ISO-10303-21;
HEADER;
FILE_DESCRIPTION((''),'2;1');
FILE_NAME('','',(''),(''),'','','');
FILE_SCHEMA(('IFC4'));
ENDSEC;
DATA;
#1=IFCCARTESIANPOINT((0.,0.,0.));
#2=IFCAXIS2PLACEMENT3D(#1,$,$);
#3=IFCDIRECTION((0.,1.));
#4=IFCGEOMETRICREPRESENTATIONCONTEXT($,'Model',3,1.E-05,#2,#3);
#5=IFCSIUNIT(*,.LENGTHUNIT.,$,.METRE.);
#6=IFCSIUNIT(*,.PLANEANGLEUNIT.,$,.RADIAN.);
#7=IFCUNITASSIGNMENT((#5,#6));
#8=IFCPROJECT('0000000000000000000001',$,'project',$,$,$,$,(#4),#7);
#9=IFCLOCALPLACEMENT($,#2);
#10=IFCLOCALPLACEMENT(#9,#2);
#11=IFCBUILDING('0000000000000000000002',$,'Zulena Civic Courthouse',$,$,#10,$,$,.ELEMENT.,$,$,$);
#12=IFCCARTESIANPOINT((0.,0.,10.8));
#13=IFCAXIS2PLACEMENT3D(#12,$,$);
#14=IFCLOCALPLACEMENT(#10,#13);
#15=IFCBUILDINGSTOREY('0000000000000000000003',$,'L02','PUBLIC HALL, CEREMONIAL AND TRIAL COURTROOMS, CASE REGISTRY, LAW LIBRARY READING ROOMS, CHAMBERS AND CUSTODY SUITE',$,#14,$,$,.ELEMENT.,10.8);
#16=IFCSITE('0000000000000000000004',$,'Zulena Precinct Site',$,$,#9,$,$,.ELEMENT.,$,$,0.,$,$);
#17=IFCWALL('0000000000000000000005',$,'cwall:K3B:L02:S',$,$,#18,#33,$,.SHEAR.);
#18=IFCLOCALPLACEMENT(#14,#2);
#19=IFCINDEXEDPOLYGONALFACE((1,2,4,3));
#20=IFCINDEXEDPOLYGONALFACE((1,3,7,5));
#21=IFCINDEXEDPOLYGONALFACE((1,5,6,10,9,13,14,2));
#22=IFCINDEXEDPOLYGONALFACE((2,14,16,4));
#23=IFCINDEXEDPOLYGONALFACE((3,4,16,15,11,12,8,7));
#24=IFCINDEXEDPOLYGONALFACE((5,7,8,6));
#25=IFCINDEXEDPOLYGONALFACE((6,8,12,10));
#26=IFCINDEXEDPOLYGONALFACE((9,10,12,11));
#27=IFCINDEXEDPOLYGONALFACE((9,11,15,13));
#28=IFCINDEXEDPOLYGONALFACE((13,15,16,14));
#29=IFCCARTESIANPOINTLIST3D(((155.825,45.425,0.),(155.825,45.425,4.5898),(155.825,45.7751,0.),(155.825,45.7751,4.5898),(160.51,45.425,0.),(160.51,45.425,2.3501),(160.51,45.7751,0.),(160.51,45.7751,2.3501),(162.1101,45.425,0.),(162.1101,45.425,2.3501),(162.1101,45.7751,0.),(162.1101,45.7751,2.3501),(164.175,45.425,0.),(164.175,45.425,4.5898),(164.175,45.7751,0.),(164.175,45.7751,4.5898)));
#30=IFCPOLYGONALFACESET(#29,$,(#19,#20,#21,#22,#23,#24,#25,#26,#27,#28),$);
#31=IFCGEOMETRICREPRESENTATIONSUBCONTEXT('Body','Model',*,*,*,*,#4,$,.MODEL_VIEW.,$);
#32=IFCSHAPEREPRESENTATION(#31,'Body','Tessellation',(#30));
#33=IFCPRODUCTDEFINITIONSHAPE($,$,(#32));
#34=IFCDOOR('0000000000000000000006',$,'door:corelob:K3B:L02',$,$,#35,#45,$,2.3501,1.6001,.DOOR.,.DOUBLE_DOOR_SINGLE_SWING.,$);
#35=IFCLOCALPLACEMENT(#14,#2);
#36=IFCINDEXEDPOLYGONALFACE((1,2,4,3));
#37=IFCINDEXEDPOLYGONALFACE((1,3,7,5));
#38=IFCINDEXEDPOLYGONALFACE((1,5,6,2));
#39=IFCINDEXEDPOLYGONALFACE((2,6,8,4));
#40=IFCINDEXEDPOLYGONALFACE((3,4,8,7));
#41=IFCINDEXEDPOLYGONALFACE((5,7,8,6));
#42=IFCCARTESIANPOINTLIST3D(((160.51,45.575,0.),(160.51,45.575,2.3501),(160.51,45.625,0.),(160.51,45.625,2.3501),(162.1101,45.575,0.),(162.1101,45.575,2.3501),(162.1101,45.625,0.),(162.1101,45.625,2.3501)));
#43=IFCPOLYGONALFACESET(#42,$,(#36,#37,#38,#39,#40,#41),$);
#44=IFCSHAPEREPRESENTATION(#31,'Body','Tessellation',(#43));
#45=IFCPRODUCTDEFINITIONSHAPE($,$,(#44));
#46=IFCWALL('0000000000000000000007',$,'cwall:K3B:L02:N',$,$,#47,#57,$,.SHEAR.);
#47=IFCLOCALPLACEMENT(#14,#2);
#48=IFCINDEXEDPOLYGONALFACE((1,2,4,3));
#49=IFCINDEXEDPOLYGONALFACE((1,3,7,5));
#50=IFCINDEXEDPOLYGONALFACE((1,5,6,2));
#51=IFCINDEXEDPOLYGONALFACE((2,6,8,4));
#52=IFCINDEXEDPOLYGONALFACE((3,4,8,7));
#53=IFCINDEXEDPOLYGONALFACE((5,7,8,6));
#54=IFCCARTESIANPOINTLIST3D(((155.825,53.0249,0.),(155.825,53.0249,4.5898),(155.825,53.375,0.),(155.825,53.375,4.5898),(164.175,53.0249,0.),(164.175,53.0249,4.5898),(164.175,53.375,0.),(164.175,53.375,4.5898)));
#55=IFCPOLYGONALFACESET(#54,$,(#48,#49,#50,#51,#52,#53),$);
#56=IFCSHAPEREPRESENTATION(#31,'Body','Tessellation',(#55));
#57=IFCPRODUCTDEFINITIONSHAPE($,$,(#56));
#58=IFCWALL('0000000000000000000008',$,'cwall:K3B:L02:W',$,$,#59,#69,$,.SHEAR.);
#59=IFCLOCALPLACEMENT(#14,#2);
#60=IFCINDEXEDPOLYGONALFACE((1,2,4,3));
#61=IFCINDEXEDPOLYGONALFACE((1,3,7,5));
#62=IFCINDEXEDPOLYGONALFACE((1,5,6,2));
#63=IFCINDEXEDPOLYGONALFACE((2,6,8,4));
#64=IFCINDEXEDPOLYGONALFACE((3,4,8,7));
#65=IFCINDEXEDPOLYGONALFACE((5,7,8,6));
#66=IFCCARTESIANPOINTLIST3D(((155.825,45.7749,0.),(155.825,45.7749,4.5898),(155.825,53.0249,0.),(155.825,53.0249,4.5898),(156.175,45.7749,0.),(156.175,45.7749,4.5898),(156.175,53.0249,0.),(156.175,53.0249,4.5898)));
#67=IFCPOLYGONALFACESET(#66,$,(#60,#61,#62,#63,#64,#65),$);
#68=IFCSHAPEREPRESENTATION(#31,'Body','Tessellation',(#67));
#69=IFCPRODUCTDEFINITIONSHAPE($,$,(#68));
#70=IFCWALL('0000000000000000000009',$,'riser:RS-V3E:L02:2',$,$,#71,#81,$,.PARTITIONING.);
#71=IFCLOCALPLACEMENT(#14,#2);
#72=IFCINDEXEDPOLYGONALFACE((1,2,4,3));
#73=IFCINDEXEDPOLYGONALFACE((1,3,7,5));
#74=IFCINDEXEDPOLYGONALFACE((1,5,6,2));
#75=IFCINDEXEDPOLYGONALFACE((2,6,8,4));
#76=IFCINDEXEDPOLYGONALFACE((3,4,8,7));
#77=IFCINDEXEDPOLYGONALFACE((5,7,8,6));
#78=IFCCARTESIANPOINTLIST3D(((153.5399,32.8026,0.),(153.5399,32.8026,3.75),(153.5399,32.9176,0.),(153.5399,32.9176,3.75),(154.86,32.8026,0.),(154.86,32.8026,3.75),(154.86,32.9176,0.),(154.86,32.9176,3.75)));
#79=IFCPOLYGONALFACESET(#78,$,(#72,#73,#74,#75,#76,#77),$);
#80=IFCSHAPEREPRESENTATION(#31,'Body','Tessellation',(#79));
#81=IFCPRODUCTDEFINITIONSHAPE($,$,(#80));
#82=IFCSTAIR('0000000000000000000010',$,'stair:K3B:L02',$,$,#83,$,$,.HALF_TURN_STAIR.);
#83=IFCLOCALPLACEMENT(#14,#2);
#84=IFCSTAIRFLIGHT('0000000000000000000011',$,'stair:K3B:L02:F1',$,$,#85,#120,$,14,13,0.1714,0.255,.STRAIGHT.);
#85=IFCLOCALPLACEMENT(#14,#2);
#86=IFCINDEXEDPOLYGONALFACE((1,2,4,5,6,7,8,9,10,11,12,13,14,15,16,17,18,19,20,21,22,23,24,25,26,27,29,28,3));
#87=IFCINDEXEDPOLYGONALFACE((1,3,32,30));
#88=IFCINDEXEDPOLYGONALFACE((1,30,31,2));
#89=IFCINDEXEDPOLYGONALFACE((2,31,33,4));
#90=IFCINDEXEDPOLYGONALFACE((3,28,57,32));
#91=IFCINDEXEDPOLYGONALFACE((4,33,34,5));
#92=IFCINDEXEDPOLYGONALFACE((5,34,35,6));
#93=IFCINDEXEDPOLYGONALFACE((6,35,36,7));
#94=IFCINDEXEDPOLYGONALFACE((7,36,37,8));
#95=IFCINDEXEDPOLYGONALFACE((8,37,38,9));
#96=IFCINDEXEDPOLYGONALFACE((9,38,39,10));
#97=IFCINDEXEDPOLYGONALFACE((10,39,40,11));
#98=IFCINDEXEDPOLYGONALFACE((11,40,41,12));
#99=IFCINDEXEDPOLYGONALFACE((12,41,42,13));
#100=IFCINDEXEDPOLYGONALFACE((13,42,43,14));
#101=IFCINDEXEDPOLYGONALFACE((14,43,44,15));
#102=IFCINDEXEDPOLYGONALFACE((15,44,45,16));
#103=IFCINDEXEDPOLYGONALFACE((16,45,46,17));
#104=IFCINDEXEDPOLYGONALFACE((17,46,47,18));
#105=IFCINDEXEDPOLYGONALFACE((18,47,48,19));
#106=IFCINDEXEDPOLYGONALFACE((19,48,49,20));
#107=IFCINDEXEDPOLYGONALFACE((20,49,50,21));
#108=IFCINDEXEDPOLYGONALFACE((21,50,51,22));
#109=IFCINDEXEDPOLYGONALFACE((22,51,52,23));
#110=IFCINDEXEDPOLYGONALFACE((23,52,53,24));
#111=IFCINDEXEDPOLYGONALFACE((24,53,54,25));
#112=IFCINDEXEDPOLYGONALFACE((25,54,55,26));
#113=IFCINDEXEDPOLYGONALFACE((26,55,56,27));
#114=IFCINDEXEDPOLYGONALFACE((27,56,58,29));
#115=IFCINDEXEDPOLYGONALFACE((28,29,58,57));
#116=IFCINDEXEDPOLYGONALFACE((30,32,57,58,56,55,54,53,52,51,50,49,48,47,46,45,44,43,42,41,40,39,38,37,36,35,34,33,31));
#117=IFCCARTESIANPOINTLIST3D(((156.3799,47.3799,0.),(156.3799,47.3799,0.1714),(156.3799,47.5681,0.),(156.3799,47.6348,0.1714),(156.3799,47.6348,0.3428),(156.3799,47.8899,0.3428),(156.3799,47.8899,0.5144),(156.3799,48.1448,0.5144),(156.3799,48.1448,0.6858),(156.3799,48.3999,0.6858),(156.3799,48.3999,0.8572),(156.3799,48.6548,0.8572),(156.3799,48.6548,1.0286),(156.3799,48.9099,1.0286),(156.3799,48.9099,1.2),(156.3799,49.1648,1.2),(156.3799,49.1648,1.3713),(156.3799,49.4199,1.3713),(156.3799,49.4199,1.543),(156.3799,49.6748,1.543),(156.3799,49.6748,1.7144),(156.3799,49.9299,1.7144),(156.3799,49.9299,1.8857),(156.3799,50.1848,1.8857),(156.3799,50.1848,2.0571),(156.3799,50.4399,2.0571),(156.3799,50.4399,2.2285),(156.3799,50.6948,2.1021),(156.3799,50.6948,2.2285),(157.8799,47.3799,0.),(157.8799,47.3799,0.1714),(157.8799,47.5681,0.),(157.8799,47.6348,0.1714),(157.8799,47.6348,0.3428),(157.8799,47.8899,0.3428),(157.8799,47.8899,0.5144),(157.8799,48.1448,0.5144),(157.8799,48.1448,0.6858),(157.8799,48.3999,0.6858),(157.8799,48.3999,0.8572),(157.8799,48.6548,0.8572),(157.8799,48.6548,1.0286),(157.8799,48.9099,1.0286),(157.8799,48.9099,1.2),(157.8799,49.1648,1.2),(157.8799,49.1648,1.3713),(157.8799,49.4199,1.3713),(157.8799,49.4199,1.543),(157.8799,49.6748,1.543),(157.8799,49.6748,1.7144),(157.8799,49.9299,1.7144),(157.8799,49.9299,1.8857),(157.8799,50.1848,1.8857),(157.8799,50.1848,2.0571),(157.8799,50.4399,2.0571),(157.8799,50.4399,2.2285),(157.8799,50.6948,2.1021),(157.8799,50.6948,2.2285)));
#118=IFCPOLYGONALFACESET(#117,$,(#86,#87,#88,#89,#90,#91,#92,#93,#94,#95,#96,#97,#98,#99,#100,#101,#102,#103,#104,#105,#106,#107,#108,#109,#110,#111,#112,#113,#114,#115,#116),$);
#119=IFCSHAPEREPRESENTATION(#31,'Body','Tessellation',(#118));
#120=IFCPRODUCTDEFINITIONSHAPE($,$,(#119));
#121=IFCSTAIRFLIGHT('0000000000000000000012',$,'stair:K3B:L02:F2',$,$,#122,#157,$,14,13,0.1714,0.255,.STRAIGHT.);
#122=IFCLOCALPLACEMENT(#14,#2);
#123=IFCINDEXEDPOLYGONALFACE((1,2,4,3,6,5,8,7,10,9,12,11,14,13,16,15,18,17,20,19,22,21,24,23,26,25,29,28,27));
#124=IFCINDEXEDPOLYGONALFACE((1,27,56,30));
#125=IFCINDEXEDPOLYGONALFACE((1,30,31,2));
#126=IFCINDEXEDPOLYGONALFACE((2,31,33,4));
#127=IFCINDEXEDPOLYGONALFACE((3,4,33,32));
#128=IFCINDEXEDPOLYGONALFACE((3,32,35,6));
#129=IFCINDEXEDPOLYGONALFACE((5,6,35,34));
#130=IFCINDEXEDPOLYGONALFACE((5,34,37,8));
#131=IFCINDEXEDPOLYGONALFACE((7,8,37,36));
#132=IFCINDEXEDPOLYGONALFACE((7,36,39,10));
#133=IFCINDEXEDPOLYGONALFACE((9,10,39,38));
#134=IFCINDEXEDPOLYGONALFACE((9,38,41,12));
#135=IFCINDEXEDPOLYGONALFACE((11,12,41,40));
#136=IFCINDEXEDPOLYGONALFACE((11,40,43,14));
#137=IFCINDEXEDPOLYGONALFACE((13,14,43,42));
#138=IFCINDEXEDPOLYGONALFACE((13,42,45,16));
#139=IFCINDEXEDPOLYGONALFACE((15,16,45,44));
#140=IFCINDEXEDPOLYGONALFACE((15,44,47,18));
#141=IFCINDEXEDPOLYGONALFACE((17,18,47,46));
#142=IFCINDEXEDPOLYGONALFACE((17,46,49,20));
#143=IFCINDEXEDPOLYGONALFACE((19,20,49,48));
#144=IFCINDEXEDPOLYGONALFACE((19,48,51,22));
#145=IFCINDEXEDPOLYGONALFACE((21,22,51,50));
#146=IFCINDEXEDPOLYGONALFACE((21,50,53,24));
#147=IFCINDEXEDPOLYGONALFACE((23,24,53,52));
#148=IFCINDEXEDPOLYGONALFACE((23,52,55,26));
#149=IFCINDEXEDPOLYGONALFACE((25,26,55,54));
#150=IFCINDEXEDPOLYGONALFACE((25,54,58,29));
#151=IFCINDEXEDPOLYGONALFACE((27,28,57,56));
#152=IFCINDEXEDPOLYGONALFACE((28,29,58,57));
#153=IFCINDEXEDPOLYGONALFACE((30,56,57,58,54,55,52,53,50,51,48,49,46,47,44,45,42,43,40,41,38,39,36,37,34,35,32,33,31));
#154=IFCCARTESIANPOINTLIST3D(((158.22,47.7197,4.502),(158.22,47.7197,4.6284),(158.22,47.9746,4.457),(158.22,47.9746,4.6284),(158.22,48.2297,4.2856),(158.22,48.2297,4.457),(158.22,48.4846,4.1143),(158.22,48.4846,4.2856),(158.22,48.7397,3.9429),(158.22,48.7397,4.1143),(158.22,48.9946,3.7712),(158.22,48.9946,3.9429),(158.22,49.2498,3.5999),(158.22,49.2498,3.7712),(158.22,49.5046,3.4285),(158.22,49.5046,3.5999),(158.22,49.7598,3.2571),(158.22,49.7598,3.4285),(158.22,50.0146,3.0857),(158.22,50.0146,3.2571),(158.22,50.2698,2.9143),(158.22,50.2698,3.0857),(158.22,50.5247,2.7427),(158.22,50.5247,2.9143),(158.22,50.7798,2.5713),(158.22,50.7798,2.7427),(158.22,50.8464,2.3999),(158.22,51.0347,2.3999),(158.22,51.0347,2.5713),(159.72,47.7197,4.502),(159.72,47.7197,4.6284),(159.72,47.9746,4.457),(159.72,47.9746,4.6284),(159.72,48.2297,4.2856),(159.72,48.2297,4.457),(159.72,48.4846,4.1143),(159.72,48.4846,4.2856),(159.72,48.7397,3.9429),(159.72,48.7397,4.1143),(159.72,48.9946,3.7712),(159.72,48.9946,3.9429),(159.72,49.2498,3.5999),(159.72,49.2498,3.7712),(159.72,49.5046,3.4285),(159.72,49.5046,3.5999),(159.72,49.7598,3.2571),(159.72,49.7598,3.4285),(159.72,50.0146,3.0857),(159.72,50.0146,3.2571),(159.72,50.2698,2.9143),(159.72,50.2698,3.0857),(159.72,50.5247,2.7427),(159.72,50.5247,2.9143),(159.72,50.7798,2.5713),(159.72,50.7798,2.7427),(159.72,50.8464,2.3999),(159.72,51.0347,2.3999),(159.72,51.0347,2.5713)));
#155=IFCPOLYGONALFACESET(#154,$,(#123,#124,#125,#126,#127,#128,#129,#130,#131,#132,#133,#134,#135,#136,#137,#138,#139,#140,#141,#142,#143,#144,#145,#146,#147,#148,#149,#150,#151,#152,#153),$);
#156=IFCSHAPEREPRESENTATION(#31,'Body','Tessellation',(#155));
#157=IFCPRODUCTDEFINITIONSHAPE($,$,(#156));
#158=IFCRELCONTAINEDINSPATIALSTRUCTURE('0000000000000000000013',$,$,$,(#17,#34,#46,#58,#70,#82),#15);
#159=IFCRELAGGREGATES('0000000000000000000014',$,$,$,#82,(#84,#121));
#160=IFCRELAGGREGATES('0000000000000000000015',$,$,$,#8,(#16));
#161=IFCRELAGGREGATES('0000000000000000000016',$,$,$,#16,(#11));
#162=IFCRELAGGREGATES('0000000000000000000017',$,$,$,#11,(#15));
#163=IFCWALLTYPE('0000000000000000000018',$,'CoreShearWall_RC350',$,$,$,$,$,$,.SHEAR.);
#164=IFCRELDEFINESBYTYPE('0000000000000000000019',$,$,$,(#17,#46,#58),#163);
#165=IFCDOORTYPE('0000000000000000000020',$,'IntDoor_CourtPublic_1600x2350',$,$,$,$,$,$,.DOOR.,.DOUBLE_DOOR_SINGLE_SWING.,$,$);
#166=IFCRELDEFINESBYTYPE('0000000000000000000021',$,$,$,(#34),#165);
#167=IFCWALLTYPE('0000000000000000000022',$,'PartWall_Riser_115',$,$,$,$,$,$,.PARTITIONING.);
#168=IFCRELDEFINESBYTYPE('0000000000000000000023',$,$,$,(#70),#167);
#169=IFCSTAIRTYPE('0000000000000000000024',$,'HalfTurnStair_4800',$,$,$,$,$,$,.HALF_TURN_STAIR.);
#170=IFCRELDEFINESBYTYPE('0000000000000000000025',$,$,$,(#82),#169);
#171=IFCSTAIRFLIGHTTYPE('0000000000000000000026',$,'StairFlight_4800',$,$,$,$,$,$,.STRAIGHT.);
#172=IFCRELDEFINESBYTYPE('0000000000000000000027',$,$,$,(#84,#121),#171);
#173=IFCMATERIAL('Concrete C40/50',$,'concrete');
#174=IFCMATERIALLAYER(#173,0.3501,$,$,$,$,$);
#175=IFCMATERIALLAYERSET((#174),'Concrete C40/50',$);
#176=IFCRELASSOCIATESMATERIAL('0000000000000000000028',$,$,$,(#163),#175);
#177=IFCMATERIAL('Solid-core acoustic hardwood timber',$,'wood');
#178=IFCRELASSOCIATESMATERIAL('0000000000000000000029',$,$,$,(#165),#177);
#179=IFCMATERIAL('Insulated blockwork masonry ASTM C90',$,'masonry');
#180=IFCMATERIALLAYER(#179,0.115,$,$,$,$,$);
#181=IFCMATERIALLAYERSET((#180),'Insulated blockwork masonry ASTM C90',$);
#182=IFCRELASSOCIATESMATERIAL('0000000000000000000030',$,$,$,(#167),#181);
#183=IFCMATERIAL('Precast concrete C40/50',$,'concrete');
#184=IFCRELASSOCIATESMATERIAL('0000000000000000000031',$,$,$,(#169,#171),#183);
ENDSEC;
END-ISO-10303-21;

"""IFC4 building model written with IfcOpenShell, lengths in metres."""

from ifc_helpers import new_model, si_unit, direction, frame, frame_2d, origin, place, context, subcontext, project, spatial, polyline, rectangle, outline, extrude, material, layer, layer_set, type_object, element, fill, aggregate, save


model = new_model("IFC4")

# Units and contexts
model_context = context("Model", 3, precision=1e-05, world=origin(), true_north=direction((0.0, 1.0)))
body_context = subcontext(model_context, "Body", "Model", "MODEL_VIEW")
ifc_project = project(units=[si_unit("LENGTHUNIT", "METRE"), si_unit("PLANEANGLEUNIT", "RADIAN")], contexts=[model_context])

# Site, building, storey
site_placement = place(None, origin())
site = spatial("IfcSite", under=ifc_project, at=site_placement, Name="Zulena Precinct Site", CompositionType="ELEMENT", RefElevation=0.0)
building_placement = place(site_placement, origin())
building = spatial("IfcBuilding", under=site, at=building_placement, Name="Zulena Civic Courthouse", CompositionType="ELEMENT")
storey_placement = place(building_placement, frame((0.0, 0.0, 10.8)))
storey = spatial("IfcBuildingStorey", under=building, at=storey_placement, Name="L02", Description="PUBLIC HALL, CEREMONIAL AND TRIAL COURTROOMS, CASE REGISTRY, LAW LIBRARY READING ROOMS, CHAMBERS AND CUSTODY SUITE", CompositionType="ELEMENT", Elevation=10.8)

# Wall, opening, door
ifc_material_1 = material(Name="Concrete C40/50", Category="concrete")
ifc_layer_1 = layer(ifc_material_1, 0.3501)
ifc_layer_set_1 = layer_set([ifc_layer_1], Name="Concrete C40/50")
wall_type_1 = type_object("IfcWallType", Name="CoreShearWall_RC350", PredefinedType="SHEAR", material=ifc_layer_set_1)
wall_1_placement = place(storey_placement, frame((155.825, 45.6001, 0.0), z_axis=(0.0, 0.0, 1.0), x_axis=(1.0, 0.0, 0.0)))
wall_1 = element("IfcWall", 1, at=wall_1_placement, inside=storey, type_object=wall_type_1, Name="cwall:K3B:L02:S", PredefinedType="SHEAR", context=body_context, shape_type="SweptSolid", body=[
    extrude(rectangle(XDim=8.3501, YDim=0.3501, at=frame_2d((4.175, 0.0))), origin(), (0.0, 0.0, 1.0), 4.5898),
])
opening_placement = place(wall_1_placement, frame((4.6851, 0.0, 0.0)))
opening = element("IfcOpeningElement", 2, at=opening_placement, cuts=wall_1, PredefinedType="OPENING", context=body_context, shape_type="SweptSolid", body=[
    extrude(rectangle(XDim=1.6001, YDim=2.3501, at=frame_2d((0.8, 1.175))), frame((0.0, 0.1851, 0.0), z_axis=(0.0, -1.0, 0.0), x_axis=(1.0, 0.0, 0.0)), (0.0, 0.0, 1.0), 0.3701),
])
ifc_material_2 = material(Name="Solid-core acoustic hardwood timber", Category="wood")
door_type = type_object("IfcDoorType", Name="IntDoor_CourtPublic_1600x2350", OperationType="DOUBLE_DOOR_SINGLE_SWING", PredefinedType="DOOR", material=ifc_material_2)
door_placement = place(opening_placement, origin())
door = element("IfcDoor", 3, at=door_placement, inside=storey, type_object=door_type, Name="door:corelob:K3B:L02", OperationType="DOUBLE_DOOR_SINGLE_SWING", OverallHeight=2.3501, OverallWidth=1.6001, PredefinedType="DOOR", context=body_context, shape_type="SweptSolid", body=[
    extrude(rectangle(XDim=1.6001, YDim=2.3501, at=frame_2d((0.8, 1.175))), frame((0.0, 0.0249, 0.0), z_axis=(0.0, -1.0, 0.0), x_axis=(1.0, 0.0, 0.0)), (0.0, 0.0, 1.0), 0.05),
])
fill(opening, door)

# Walls
wall_2_placement = place(storey_placement, frame((155.825, 53.2, 0.0), z_axis=(0.0, 0.0, 1.0), x_axis=(1.0, 0.0, 0.0)))
element("IfcWall", 4, at=wall_2_placement, inside=storey, type_object=wall_type_1, Name="cwall:K3B:L02:N", PredefinedType="SHEAR", context=body_context, shape_type="SweptSolid", body=[
    extrude(rectangle(XDim=8.3501, YDim=0.3501, at=frame_2d((4.175, 0.0))), origin(), (0.0, 0.0, 1.0), 4.5898),
])
wall_3_placement = place(storey_placement, frame((156.0, 45.7749, 0.0), z_axis=(0.0, 0.0, 1.0), x_axis=(0.0, 1.0, 0.0)))
element("IfcWall", 5, at=wall_3_placement, inside=storey, type_object=wall_type_1, Name="cwall:K3B:L02:W", PredefinedType="SHEAR", context=body_context, shape_type="SweptSolid", body=[
    extrude(rectangle(XDim=7.25, YDim=0.3501, at=frame_2d((3.625, 0.0))), origin(), (0.0, 0.0, 1.0), 4.5898),
])
ifc_material_3 = material(Name="Insulated blockwork masonry ASTM C90", Category="masonry")
ifc_layer_2 = layer(ifc_material_3, 0.115)
ifc_layer_set_2 = layer_set([ifc_layer_2], Name="Insulated blockwork masonry ASTM C90")
wall_type_2 = type_object("IfcWallType", Name="PartWall_Riser_115", PredefinedType="PARTITIONING", material=ifc_layer_set_2)
wall_4_placement = place(storey_placement, frame((154.8601, 32.8601, 0.0), z_axis=(0.0, 0.0, 1.0), x_axis=(-1.0, 0.0, 0.0)))
element("IfcWall", 6, at=wall_4_placement, inside=storey, type_object=wall_type_2, Name="riser:RS-V3E:L02:2", PredefinedType="PARTITIONING", context=body_context, shape_type="SweptSolid", body=[
    extrude(rectangle(XDim=1.3201, YDim=0.115, at=frame_2d((0.6602, 0.0))), origin(), (0.0, 0.0, 1.0), 3.75),
])

# Stair, stair flights
ifc_material_4 = material(Name="Precast concrete C40/50", Category="concrete")
stair_type = type_object("IfcStairType", Name="HalfTurnStair_4800", PredefinedType="HALF_TURN_STAIR", material=ifc_material_4)
stair_placement = place(storey_placement, origin())
stair = element("IfcStair", 7, at=stair_placement, inside=storey, type_object=stair_type, Name="stair:K3B:L02", PredefinedType="HALF_TURN_STAIR")
stair_flight_type = type_object("IfcStairFlightType", Name="StairFlight_4800", PredefinedType="STRAIGHT", material=ifc_material_4)
stair_flight_1_placement = place(storey_placement, frame((157.1299, 47.3799, 0.0), z_axis=(0.0, 0.0, 1.0), x_axis=(0.0, 1.0, 0.0)))
stair_flight_1 = element("IfcStairFlight", 8, at=stair_flight_1_placement, type_object=stair_flight_type, Name="stair:K3B:L02:F1", NumberOfRisers=14, NumberOfTreads=13, PredefinedType="STRAIGHT", RiserHeight=0.1714, TreadLength=0.255, context=body_context, shape_type="SweptSolid", body=[
    extrude(outline(polyline([(0.0, 0.0), (0.0, 0.1714), (0.2549, 0.1714), (0.2549, 0.3428), (0.51, 0.3428), (0.51, 0.5144), (0.7649, 0.5144), (0.7649, 0.6858), (1.02, 0.6858), (1.02, 0.8572), (1.2749, 0.8572), (1.2749, 1.0286), (1.53, 1.0286), (1.53, 1.2), (1.7849, 1.2), (1.7849, 1.3713), (2.04, 1.3713), (2.04, 1.543), (2.2949, 1.543), (2.2949, 1.7144), (2.55, 1.7144), (2.55, 1.8857), (2.8049, 1.8857), (2.8049, 2.0571), (3.0601, 2.0571), (3.0601, 2.2285), (3.3149, 2.2285), (3.3149, 2.3999), (3.3149, 2.1021), (0.1882, 0.0), (0.0, 0.0)])), frame((0.0, 0.75, 0.0), z_axis=(0.0, -1.0, 0.0), x_axis=(1.0, 0.0, 0.0)), (0.0, 0.0, 1.0), 1.5),
])
stair_flight_2_placement = place(storey_placement, frame((158.97, 51.0347, 2.3999), z_axis=(0.0, 0.0, 1.0), x_axis=(0.0, -1.0, 0.0)))
stair_flight_2 = element("IfcStairFlight", 9, at=stair_flight_2_placement, type_object=stair_flight_type, Name="stair:K3B:L02:F2", NumberOfRisers=14, NumberOfTreads=13, PredefinedType="STRAIGHT", RiserHeight=0.1714, TreadLength=0.255, context=body_context, shape_type="SweptSolid", body=[
    extrude(outline(polyline([(0.0, 0.0), (0.0, 0.1714), (0.2549, 0.1714), (0.2549, 0.3428), (0.51, 0.3428), (0.51, 0.5144), (0.7649, 0.5144), (0.7649, 0.6858), (1.02, 0.6858), (1.02, 0.8572), (1.2749, 0.8572), (1.2749, 1.0286), (1.53, 1.0286), (1.53, 1.2), (1.7849, 1.2), (1.7849, 1.3713), (2.04, 1.3713), (2.04, 1.543), (2.2949, 1.543), (2.2949, 1.7144), (2.55, 1.7144), (2.55, 1.8857), (2.8049, 1.8857), (2.8049, 2.0571), (3.0601, 2.0571), (3.0601, 2.2285), (3.3149, 2.2285), (3.3149, 2.3999), (3.3149, 2.1021), (0.1882, 0.0), (0.0, 0.0)])), frame((0.0, 0.75, 0.0), z_axis=(0.0, -1.0, 0.0), x_axis=(1.0, 0.0, 0.0)), (0.0, 0.0, 1.0), 1.5),
])
aggregate(stair, [stair_flight_1, stair_flight_2])

save(model, "model.ifc")
